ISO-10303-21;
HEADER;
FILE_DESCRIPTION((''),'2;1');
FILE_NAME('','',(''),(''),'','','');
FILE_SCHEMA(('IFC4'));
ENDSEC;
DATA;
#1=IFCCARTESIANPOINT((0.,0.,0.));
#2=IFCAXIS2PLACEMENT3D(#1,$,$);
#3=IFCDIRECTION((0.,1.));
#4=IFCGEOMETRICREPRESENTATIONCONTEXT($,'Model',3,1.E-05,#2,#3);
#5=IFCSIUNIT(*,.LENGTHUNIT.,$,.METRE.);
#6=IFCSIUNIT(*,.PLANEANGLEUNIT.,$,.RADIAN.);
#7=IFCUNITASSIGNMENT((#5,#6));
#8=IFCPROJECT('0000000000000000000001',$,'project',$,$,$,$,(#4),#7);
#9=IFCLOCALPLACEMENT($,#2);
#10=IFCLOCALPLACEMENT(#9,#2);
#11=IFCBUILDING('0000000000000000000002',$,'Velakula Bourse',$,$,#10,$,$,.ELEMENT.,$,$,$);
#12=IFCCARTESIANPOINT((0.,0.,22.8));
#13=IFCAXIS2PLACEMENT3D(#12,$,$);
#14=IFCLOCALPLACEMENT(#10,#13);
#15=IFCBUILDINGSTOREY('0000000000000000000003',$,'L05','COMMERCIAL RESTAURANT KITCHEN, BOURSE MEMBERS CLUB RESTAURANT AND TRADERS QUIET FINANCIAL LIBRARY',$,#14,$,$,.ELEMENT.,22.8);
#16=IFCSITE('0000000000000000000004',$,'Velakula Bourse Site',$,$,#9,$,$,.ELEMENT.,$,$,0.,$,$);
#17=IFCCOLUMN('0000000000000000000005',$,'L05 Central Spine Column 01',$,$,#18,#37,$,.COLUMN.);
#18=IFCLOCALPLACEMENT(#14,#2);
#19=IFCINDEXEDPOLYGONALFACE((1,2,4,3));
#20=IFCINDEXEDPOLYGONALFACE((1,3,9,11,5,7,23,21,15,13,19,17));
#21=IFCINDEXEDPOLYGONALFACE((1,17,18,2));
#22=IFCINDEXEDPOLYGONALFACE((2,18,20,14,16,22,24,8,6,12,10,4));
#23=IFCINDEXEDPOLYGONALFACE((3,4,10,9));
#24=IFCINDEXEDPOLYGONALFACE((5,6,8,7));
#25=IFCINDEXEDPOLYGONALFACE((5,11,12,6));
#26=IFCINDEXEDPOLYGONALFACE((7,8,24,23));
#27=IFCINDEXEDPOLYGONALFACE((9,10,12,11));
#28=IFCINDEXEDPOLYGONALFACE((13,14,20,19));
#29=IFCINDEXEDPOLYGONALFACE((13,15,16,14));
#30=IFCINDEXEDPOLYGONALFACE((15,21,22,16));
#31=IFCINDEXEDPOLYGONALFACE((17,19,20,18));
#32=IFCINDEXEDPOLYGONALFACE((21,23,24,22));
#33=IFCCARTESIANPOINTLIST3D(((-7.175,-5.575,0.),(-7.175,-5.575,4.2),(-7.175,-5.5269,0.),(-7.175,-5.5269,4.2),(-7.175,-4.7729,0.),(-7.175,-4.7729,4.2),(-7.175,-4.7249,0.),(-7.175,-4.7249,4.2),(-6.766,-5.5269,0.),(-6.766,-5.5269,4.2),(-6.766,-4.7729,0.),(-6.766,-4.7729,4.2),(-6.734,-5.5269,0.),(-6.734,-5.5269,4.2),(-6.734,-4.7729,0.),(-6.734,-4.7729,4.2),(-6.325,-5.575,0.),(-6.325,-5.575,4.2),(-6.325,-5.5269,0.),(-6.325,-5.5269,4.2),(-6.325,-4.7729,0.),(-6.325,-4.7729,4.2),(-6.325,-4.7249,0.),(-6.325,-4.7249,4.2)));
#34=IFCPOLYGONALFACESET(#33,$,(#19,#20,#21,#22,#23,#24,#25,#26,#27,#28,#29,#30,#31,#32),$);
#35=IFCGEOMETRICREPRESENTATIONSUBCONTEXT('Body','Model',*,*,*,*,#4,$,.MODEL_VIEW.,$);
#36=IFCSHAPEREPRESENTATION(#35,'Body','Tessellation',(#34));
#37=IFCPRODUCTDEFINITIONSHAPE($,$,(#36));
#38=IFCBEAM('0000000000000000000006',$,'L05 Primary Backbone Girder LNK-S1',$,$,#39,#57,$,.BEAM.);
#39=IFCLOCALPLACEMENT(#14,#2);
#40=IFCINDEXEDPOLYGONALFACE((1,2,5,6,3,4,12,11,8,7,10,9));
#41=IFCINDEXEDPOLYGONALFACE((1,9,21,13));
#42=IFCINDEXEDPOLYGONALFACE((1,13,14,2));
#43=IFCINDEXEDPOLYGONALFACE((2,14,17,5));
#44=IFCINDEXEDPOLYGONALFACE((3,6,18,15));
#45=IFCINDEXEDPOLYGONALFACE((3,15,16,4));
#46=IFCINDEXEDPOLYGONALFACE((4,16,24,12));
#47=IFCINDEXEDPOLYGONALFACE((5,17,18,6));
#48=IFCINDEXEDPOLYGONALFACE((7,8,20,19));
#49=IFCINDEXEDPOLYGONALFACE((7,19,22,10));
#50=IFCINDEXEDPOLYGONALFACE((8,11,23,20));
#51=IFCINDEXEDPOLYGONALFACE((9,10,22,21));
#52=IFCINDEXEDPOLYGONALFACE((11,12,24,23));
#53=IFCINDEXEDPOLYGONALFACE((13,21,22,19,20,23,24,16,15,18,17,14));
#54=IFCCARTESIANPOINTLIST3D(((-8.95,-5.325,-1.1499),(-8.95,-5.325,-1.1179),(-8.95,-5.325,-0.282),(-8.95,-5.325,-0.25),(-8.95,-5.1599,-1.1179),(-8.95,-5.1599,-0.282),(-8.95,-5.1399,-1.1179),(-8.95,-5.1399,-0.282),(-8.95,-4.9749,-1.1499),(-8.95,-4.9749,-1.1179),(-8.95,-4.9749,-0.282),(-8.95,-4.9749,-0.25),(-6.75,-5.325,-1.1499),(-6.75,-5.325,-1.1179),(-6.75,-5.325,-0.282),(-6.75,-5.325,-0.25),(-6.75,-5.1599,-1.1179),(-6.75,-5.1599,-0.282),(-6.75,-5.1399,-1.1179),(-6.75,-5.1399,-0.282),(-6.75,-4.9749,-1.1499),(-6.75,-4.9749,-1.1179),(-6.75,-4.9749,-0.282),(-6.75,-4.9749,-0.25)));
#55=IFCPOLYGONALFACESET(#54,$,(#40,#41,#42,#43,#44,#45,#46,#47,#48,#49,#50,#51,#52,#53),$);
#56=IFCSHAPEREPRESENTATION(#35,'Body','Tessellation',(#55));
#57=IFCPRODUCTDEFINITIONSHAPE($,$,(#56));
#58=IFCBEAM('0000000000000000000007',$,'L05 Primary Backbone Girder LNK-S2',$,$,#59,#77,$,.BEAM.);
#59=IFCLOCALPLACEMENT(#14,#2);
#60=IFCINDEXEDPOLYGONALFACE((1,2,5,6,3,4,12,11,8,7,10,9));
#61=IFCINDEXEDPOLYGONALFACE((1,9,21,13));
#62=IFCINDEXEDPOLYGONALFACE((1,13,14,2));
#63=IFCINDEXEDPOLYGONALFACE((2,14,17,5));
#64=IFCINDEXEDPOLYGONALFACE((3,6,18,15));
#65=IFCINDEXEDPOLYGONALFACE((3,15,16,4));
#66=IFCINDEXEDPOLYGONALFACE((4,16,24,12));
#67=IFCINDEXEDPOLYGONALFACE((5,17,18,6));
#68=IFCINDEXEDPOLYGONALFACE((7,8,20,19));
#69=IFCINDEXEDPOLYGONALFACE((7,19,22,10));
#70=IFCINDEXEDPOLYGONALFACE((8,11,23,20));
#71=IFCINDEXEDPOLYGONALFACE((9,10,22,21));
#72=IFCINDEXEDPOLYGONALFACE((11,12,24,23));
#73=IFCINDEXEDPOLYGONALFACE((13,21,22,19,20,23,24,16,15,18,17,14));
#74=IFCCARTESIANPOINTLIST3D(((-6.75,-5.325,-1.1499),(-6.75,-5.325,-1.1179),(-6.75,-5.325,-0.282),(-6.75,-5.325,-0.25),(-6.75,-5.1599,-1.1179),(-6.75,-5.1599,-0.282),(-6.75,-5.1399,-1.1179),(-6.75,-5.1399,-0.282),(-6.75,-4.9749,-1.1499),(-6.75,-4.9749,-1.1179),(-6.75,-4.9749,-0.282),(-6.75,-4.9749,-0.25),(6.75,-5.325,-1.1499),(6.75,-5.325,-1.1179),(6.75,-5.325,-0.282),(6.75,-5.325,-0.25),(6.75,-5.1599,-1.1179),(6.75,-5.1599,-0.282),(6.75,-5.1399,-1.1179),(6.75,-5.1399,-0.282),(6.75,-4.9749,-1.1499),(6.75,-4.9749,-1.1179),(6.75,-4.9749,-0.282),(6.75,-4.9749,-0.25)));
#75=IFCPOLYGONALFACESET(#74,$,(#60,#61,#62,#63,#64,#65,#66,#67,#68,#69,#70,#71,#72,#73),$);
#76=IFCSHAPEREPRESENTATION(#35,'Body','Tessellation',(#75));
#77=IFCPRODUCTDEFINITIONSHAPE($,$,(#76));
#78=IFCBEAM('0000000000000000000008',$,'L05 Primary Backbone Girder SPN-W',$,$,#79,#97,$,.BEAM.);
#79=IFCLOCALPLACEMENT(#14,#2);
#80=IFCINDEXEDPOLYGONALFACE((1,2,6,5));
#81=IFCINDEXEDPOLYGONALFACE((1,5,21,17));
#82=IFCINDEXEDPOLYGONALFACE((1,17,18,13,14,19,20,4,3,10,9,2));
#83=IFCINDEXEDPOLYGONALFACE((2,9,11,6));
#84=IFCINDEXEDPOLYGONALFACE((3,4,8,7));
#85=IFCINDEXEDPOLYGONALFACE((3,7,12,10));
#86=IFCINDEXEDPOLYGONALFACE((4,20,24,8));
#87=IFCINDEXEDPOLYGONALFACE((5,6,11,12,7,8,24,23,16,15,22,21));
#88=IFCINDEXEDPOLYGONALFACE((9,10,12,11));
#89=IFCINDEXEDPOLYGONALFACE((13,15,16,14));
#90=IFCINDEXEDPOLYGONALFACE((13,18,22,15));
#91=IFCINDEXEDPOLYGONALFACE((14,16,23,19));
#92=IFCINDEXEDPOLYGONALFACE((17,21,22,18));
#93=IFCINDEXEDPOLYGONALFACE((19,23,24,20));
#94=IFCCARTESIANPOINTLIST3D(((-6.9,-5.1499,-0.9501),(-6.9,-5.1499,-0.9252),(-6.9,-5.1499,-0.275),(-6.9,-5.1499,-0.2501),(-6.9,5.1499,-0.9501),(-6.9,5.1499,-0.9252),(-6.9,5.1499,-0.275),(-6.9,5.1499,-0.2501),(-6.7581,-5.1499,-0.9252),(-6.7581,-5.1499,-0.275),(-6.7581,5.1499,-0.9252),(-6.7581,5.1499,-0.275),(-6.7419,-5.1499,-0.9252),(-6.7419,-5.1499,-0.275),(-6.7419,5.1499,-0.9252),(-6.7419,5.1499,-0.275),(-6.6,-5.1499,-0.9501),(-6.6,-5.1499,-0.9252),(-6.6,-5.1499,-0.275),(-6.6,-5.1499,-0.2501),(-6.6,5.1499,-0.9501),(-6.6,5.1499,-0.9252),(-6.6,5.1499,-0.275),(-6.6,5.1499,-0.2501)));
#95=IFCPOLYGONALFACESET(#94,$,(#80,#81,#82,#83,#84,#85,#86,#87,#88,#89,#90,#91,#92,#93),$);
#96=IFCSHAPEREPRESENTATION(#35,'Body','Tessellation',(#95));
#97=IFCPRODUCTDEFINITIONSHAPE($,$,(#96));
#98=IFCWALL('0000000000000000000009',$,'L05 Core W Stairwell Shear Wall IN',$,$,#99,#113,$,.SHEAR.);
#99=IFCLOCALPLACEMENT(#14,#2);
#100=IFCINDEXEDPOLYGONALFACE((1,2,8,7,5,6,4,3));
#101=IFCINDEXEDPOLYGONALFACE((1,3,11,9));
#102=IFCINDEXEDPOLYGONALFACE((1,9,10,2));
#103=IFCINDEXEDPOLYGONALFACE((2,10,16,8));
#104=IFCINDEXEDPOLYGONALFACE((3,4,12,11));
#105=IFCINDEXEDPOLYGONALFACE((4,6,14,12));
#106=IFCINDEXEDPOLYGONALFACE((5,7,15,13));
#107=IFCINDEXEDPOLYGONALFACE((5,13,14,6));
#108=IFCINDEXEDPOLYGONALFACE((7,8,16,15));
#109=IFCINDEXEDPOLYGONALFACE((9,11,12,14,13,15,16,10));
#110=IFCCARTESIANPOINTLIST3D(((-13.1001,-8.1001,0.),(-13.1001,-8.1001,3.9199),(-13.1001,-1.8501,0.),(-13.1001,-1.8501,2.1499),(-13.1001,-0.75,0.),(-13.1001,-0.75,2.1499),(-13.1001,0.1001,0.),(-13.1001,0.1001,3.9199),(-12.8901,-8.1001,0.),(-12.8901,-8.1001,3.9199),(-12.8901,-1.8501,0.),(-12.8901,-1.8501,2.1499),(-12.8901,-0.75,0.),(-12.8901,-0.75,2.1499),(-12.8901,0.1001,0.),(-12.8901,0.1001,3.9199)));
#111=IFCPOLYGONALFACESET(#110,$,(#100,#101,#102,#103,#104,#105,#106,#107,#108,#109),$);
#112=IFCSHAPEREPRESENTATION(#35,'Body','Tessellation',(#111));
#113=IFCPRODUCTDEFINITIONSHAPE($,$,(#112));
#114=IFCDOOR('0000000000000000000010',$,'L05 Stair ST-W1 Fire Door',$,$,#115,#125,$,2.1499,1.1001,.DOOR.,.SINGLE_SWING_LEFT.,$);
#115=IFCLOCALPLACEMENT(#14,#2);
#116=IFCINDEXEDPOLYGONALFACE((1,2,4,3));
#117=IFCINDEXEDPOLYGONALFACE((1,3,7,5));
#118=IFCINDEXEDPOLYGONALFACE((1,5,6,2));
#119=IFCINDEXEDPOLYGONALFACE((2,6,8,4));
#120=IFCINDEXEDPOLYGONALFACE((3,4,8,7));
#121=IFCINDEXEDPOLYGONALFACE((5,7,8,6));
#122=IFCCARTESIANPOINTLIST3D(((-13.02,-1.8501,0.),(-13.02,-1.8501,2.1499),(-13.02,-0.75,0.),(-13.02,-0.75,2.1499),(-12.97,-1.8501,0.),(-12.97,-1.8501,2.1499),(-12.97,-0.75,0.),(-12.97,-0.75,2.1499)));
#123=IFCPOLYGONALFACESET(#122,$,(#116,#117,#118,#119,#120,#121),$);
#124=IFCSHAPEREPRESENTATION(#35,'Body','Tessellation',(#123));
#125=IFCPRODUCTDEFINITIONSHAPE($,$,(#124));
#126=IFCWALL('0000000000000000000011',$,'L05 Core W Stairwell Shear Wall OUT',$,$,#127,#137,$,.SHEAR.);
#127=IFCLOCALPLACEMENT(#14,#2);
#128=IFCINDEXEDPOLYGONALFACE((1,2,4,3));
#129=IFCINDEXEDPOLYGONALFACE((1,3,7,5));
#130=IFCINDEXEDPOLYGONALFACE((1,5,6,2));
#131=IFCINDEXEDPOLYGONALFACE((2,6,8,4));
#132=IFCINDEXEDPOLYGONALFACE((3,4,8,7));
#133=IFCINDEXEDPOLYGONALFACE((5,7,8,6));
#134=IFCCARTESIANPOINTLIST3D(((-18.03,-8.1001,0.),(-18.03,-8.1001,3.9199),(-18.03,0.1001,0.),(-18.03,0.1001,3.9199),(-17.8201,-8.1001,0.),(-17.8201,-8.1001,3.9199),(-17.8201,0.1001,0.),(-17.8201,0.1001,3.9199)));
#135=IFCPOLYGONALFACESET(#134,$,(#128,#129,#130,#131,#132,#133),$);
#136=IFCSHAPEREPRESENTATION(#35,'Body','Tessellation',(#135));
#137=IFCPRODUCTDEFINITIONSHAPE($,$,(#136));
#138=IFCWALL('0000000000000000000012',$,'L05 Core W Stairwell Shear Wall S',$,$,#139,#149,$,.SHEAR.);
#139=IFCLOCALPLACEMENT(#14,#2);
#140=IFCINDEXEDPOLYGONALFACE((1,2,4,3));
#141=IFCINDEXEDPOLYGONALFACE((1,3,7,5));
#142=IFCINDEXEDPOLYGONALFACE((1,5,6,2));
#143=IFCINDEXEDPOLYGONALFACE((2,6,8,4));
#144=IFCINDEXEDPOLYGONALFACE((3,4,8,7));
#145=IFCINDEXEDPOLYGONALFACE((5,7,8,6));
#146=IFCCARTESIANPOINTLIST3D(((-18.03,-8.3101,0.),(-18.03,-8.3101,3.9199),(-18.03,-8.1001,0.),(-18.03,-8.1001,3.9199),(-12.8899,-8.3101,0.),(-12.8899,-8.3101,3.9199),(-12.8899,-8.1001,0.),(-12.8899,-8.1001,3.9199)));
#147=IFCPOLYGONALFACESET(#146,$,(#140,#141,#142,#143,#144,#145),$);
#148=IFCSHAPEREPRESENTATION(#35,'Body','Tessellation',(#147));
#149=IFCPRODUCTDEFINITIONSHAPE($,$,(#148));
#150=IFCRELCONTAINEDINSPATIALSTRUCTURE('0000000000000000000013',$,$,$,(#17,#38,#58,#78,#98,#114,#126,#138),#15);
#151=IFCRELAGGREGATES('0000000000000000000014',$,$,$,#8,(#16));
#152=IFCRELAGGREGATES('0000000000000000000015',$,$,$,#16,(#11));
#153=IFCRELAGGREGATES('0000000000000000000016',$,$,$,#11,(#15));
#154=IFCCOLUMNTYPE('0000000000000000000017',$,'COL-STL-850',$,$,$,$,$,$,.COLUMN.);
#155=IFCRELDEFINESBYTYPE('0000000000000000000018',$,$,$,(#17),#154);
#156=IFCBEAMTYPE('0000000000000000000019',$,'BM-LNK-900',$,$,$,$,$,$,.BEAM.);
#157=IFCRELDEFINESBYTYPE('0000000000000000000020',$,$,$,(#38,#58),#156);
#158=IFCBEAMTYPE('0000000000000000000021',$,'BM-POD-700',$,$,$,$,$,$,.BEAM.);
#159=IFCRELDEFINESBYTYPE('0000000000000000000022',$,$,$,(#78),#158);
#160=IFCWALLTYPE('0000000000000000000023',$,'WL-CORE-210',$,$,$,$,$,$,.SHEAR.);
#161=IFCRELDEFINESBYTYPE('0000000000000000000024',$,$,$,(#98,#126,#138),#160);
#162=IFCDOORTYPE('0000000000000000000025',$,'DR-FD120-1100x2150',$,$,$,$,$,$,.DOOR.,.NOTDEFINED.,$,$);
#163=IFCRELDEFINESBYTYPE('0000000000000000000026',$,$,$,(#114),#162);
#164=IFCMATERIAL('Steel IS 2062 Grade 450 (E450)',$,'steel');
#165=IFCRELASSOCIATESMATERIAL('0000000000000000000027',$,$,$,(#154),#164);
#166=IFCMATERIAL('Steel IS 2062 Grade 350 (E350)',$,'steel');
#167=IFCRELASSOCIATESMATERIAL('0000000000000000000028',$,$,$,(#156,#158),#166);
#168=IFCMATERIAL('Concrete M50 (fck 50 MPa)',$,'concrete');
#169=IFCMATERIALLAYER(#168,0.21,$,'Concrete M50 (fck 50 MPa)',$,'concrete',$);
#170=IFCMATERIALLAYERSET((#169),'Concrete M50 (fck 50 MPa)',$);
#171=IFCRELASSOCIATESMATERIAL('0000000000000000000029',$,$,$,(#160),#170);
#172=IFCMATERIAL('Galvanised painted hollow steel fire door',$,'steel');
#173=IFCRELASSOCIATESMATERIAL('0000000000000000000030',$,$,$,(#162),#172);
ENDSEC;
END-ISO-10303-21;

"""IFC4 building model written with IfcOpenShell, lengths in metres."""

from ifc_helpers import new_model, si_unit, direction, frame, frame_2d, origin, origin_2d, place, context, subcontext, project, spatial, rectangle, i_section, extrude, material, layer, layer_set, material_profile, profile_set, type_object, element, fill, save


model = new_model("IFC4")

# Units and contexts
model_context = context("Model", 3, precision=1e-05, world=origin(), true_north=direction((0.0, 1.0)))
body_context = subcontext(model_context, "Body", "Model", "MODEL_VIEW")
ifc_project = project(units=[si_unit("LENGTHUNIT", "METRE"), si_unit("PLANEANGLEUNIT", "RADIAN")], contexts=[model_context])

# Site, building, storey
site_placement = place(None, origin())
site = spatial("IfcSite", under=ifc_project, at=site_placement, Name="Velakula Bourse Site", CompositionType="ELEMENT", RefElevation=0.0)
building_placement = place(site_placement, origin())
building = spatial("IfcBuilding", under=site, at=building_placement, Name="Velakula Bourse", CompositionType="ELEMENT")
storey_placement = place(building_placement, frame((0.0, 0.0, 22.8)))
storey = spatial("IfcBuildingStorey", under=building, at=storey_placement, Name="L05", Description="COMMERCIAL RESTAURANT KITCHEN, BOURSE MEMBERS CLUB RESTAURANT AND TRADERS QUIET FINANCIAL LIBRARY", CompositionType="ELEMENT", Elevation=22.8)

# Column
ifc_material_1 = material(Name="Steel IS 2062 Grade 450 (E450)", Category="steel")
ifc_material_profile_1 = material_profile(ifc_material_1, i_section(OverallWidth=0.8501, OverallDepth=0.8501, WebThickness=0.032, FlangeThickness=0.0481, at=origin_2d()), Name="Steel IS 2062 Grade 450 (E450)")
ifc_profile_set_1 = profile_set([ifc_material_profile_1], Name="Steel IS 2062 Grade 450 (E450)")
column_type = type_object("IfcColumnType", Name="COL-STL-850", PredefinedType="COLUMN", material=ifc_profile_set_1)
column_placement = place(storey_placement, frame((-6.75, -5.1499, 0.0), z_axis=(0.0, 0.0, 1.0), x_axis=(1.0, 0.0, 0.0)))
element("IfcColumn", 1, at=column_placement, inside=storey, type_object=column_type, Name="L05 Central Spine Column 01", PredefinedType="COLUMN", context=body_context, shape_type="SweptSolid", body=[
    extrude(i_section(OverallWidth=0.8501, OverallDepth=0.8501, WebThickness=0.032, FlangeThickness=0.0481, at=origin_2d()), origin(), (0.0, 0.0, 1.0), 4.2),
])

# Beams
ifc_material_2 = material(Name="Steel IS 2062 Grade 350 (E350)", Category="steel")
ifc_material_profile_2 = material_profile(ifc_material_2, i_section(OverallWidth=0.3501, OverallDepth=0.8999, WebThickness=0.02, FlangeThickness=0.032, at=origin_2d()), Name="Steel IS 2062 Grade 350 (E350)")
ifc_profile_set_2 = profile_set([ifc_material_profile_2], Name="Steel IS 2062 Grade 350 (E350)")
beam_type_1 = type_object("IfcBeamType", Name="BM-LNK-900", PredefinedType="BEAM", material=ifc_profile_set_2)
beam_1_placement = place(storey_placement, frame((-8.95, -5.1499, -0.7), z_axis=(1.0, 0.0, 0.0), x_axis=(0.0, 1.0, 0.0)))
element("IfcBeam", 2, at=beam_1_placement, inside=storey, type_object=beam_type_1, Name="L05 Primary Backbone Girder LNK-S1", PredefinedType="BEAM", context=body_context, shape_type="SweptSolid", body=[
    extrude(i_section(OverallWidth=0.3501, OverallDepth=0.8999, WebThickness=0.02, FlangeThickness=0.032, at=origin_2d()), origin(), (0.0, 0.0, 1.0), 2.2),
])
beam_2_placement = place(storey_placement, frame((-6.75, -5.1499, -0.7), z_axis=(1.0, 0.0, 0.0), x_axis=(0.0, 1.0, 0.0)))
element("IfcBeam", 3, at=beam_2_placement, inside=storey, type_object=beam_type_1, Name="L05 Primary Backbone Girder LNK-S2", PredefinedType="BEAM", context=body_context, shape_type="SweptSolid", body=[
    extrude(i_section(OverallWidth=0.3501, OverallDepth=0.8999, WebThickness=0.02, FlangeThickness=0.032, at=origin_2d()), origin(), (0.0, 0.0, 1.0), 13.5),
])
ifc_material_profile_3 = material_profile(ifc_material_2, i_section(OverallWidth=0.3, OverallDepth=0.7, WebThickness=0.0161, FlangeThickness=0.0249, at=origin_2d()), Name="Steel IS 2062 Grade 350 (E350)")
ifc_profile_set_3 = profile_set([ifc_material_profile_3], Name="Steel IS 2062 Grade 350 (E350)")
beam_type_2 = type_object("IfcBeamType", Name="BM-POD-700", PredefinedType="BEAM", material=ifc_profile_set_3)
beam_3_placement = place(storey_placement, frame((-6.75, -5.1499, -0.6001), z_axis=(0.0, 1.0, 0.0), x_axis=(-1.0, 0.0, 0.0)))
element("IfcBeam", 4, at=beam_3_placement, inside=storey, type_object=beam_type_2, Name="L05 Primary Backbone Girder SPN-W", PredefinedType="BEAM", context=body_context, shape_type="SweptSolid", body=[
    extrude(i_section(OverallWidth=0.3, OverallDepth=0.7, WebThickness=0.0161, FlangeThickness=0.0249, at=origin_2d()), origin(), (0.0, 0.0, 1.0), 10.2998),
])

# Wall, opening, door
ifc_material_3 = material(Name="Concrete M50 (fck 50 MPa)", Category="concrete")
ifc_layer_1 = layer(ifc_material_3, 0.21, Name="Concrete M50 (fck 50 MPa)", Category="concrete")
ifc_layer_set_1 = layer_set([ifc_layer_1], Name="Concrete M50 (fck 50 MPa)")
wall_type_1 = type_object("IfcWallType", Name="WL-CORE-210", PredefinedType="SHEAR", material=ifc_layer_set_1)
wall_1_placement = place(storey_placement, frame((-12.9951, -8.1001, 0.0), z_axis=(0.0, 0.0, 1.0), x_axis=(0.0, 1.0, 0.0)))
wall_1 = element("IfcWall", 5, at=wall_1_placement, inside=storey, type_object=wall_type_1, Name="L05 Core W Stairwell Shear Wall IN", PredefinedType="SHEAR", context=body_context, shape_type="SweptSolid", body=[
    extrude(rectangle(XDim=8.2002, YDim=0.21, at=frame_2d((4.1001, 0.0))), origin(), (0.0, 0.0, 1.0), 3.9199),
])
opening_1_placement = place(wall_1_placement, frame((6.25, 0.0, 0.0)))
opening_1 = element("IfcOpeningElement", 6, at=opening_1_placement, cuts=wall_1, PredefinedType="OPENING", context=body_context, shape_type="SweptSolid", body=[
    extrude(rectangle(XDim=1.1001, YDim=2.1499, at=frame_2d((0.55, 1.075))), frame((0.0, 0.115, 0.0), z_axis=(0.0, -1.0, 0.0), x_axis=(1.0, 0.0, 0.0)), (0.0, 0.0, 1.0), 0.23),
])
ifc_material_4 = material(Name="Galvanised painted hollow steel fire door", Category="steel")
door_type_1 = type_object("IfcDoorType", Name="DR-FD120-1100x2150", OperationType="NOTDEFINED", PredefinedType="DOOR", material=ifc_material_4)
door_1_placement = place(opening_1_placement, origin())
door_1 = element("IfcDoor", 7, at=door_1_placement, inside=storey, type_object=door_type_1, Name="L05 Stair ST-W1 Fire Door", OperationType="SINGLE_SWING_LEFT", OverallHeight=2.1499, OverallWidth=1.1001, PredefinedType="DOOR", context=body_context, shape_type="SweptSolid", body=[
    extrude(rectangle(XDim=1.1001, YDim=2.1499, at=frame_2d((0.55, 1.075))), frame((0.0, 0.0249, 0.0), z_axis=(0.0, -1.0, 0.0), x_axis=(1.0, 0.0, 0.0)), (0.0, 0.0, 1.0), 0.05),
])
fill(opening_1, door_1)

# Walls
wall_2_placement = place(storey_placement, frame((-17.925, -8.1001, 0.0), z_axis=(0.0, 0.0, 1.0), x_axis=(0.0, 1.0, 0.0)))
element("IfcWall", 8, at=wall_2_placement, inside=storey, type_object=wall_type_1, Name="L05 Core W Stairwell Shear Wall OUT", PredefinedType="SHEAR", context=body_context, shape_type="SweptSolid", body=[
    extrude(rectangle(XDim=8.2002, YDim=0.21, at=frame_2d((4.1001, 0.0))), origin(), (0.0, 0.0, 1.0), 3.9199),
])
wall_3_placement = place(storey_placement, frame((-18.03, -8.2051, 0.0), z_axis=(0.0, 0.0, 1.0), x_axis=(1.0, 0.0, 0.0)))
element("IfcWall", 9, at=wall_3_placement, inside=storey, type_object=wall_type_1, Name="L05 Core W Stairwell Shear Wall S", PredefinedType="SHEAR", context=body_context, shape_type="SweptSolid", body=[
    extrude(rectangle(XDim=5.1401, YDim=0.21, at=frame_2d((2.5701, 0.0))), origin(), (0.0, 0.0, 1.0), 3.9199),
])

save(model, "model.ifc")
